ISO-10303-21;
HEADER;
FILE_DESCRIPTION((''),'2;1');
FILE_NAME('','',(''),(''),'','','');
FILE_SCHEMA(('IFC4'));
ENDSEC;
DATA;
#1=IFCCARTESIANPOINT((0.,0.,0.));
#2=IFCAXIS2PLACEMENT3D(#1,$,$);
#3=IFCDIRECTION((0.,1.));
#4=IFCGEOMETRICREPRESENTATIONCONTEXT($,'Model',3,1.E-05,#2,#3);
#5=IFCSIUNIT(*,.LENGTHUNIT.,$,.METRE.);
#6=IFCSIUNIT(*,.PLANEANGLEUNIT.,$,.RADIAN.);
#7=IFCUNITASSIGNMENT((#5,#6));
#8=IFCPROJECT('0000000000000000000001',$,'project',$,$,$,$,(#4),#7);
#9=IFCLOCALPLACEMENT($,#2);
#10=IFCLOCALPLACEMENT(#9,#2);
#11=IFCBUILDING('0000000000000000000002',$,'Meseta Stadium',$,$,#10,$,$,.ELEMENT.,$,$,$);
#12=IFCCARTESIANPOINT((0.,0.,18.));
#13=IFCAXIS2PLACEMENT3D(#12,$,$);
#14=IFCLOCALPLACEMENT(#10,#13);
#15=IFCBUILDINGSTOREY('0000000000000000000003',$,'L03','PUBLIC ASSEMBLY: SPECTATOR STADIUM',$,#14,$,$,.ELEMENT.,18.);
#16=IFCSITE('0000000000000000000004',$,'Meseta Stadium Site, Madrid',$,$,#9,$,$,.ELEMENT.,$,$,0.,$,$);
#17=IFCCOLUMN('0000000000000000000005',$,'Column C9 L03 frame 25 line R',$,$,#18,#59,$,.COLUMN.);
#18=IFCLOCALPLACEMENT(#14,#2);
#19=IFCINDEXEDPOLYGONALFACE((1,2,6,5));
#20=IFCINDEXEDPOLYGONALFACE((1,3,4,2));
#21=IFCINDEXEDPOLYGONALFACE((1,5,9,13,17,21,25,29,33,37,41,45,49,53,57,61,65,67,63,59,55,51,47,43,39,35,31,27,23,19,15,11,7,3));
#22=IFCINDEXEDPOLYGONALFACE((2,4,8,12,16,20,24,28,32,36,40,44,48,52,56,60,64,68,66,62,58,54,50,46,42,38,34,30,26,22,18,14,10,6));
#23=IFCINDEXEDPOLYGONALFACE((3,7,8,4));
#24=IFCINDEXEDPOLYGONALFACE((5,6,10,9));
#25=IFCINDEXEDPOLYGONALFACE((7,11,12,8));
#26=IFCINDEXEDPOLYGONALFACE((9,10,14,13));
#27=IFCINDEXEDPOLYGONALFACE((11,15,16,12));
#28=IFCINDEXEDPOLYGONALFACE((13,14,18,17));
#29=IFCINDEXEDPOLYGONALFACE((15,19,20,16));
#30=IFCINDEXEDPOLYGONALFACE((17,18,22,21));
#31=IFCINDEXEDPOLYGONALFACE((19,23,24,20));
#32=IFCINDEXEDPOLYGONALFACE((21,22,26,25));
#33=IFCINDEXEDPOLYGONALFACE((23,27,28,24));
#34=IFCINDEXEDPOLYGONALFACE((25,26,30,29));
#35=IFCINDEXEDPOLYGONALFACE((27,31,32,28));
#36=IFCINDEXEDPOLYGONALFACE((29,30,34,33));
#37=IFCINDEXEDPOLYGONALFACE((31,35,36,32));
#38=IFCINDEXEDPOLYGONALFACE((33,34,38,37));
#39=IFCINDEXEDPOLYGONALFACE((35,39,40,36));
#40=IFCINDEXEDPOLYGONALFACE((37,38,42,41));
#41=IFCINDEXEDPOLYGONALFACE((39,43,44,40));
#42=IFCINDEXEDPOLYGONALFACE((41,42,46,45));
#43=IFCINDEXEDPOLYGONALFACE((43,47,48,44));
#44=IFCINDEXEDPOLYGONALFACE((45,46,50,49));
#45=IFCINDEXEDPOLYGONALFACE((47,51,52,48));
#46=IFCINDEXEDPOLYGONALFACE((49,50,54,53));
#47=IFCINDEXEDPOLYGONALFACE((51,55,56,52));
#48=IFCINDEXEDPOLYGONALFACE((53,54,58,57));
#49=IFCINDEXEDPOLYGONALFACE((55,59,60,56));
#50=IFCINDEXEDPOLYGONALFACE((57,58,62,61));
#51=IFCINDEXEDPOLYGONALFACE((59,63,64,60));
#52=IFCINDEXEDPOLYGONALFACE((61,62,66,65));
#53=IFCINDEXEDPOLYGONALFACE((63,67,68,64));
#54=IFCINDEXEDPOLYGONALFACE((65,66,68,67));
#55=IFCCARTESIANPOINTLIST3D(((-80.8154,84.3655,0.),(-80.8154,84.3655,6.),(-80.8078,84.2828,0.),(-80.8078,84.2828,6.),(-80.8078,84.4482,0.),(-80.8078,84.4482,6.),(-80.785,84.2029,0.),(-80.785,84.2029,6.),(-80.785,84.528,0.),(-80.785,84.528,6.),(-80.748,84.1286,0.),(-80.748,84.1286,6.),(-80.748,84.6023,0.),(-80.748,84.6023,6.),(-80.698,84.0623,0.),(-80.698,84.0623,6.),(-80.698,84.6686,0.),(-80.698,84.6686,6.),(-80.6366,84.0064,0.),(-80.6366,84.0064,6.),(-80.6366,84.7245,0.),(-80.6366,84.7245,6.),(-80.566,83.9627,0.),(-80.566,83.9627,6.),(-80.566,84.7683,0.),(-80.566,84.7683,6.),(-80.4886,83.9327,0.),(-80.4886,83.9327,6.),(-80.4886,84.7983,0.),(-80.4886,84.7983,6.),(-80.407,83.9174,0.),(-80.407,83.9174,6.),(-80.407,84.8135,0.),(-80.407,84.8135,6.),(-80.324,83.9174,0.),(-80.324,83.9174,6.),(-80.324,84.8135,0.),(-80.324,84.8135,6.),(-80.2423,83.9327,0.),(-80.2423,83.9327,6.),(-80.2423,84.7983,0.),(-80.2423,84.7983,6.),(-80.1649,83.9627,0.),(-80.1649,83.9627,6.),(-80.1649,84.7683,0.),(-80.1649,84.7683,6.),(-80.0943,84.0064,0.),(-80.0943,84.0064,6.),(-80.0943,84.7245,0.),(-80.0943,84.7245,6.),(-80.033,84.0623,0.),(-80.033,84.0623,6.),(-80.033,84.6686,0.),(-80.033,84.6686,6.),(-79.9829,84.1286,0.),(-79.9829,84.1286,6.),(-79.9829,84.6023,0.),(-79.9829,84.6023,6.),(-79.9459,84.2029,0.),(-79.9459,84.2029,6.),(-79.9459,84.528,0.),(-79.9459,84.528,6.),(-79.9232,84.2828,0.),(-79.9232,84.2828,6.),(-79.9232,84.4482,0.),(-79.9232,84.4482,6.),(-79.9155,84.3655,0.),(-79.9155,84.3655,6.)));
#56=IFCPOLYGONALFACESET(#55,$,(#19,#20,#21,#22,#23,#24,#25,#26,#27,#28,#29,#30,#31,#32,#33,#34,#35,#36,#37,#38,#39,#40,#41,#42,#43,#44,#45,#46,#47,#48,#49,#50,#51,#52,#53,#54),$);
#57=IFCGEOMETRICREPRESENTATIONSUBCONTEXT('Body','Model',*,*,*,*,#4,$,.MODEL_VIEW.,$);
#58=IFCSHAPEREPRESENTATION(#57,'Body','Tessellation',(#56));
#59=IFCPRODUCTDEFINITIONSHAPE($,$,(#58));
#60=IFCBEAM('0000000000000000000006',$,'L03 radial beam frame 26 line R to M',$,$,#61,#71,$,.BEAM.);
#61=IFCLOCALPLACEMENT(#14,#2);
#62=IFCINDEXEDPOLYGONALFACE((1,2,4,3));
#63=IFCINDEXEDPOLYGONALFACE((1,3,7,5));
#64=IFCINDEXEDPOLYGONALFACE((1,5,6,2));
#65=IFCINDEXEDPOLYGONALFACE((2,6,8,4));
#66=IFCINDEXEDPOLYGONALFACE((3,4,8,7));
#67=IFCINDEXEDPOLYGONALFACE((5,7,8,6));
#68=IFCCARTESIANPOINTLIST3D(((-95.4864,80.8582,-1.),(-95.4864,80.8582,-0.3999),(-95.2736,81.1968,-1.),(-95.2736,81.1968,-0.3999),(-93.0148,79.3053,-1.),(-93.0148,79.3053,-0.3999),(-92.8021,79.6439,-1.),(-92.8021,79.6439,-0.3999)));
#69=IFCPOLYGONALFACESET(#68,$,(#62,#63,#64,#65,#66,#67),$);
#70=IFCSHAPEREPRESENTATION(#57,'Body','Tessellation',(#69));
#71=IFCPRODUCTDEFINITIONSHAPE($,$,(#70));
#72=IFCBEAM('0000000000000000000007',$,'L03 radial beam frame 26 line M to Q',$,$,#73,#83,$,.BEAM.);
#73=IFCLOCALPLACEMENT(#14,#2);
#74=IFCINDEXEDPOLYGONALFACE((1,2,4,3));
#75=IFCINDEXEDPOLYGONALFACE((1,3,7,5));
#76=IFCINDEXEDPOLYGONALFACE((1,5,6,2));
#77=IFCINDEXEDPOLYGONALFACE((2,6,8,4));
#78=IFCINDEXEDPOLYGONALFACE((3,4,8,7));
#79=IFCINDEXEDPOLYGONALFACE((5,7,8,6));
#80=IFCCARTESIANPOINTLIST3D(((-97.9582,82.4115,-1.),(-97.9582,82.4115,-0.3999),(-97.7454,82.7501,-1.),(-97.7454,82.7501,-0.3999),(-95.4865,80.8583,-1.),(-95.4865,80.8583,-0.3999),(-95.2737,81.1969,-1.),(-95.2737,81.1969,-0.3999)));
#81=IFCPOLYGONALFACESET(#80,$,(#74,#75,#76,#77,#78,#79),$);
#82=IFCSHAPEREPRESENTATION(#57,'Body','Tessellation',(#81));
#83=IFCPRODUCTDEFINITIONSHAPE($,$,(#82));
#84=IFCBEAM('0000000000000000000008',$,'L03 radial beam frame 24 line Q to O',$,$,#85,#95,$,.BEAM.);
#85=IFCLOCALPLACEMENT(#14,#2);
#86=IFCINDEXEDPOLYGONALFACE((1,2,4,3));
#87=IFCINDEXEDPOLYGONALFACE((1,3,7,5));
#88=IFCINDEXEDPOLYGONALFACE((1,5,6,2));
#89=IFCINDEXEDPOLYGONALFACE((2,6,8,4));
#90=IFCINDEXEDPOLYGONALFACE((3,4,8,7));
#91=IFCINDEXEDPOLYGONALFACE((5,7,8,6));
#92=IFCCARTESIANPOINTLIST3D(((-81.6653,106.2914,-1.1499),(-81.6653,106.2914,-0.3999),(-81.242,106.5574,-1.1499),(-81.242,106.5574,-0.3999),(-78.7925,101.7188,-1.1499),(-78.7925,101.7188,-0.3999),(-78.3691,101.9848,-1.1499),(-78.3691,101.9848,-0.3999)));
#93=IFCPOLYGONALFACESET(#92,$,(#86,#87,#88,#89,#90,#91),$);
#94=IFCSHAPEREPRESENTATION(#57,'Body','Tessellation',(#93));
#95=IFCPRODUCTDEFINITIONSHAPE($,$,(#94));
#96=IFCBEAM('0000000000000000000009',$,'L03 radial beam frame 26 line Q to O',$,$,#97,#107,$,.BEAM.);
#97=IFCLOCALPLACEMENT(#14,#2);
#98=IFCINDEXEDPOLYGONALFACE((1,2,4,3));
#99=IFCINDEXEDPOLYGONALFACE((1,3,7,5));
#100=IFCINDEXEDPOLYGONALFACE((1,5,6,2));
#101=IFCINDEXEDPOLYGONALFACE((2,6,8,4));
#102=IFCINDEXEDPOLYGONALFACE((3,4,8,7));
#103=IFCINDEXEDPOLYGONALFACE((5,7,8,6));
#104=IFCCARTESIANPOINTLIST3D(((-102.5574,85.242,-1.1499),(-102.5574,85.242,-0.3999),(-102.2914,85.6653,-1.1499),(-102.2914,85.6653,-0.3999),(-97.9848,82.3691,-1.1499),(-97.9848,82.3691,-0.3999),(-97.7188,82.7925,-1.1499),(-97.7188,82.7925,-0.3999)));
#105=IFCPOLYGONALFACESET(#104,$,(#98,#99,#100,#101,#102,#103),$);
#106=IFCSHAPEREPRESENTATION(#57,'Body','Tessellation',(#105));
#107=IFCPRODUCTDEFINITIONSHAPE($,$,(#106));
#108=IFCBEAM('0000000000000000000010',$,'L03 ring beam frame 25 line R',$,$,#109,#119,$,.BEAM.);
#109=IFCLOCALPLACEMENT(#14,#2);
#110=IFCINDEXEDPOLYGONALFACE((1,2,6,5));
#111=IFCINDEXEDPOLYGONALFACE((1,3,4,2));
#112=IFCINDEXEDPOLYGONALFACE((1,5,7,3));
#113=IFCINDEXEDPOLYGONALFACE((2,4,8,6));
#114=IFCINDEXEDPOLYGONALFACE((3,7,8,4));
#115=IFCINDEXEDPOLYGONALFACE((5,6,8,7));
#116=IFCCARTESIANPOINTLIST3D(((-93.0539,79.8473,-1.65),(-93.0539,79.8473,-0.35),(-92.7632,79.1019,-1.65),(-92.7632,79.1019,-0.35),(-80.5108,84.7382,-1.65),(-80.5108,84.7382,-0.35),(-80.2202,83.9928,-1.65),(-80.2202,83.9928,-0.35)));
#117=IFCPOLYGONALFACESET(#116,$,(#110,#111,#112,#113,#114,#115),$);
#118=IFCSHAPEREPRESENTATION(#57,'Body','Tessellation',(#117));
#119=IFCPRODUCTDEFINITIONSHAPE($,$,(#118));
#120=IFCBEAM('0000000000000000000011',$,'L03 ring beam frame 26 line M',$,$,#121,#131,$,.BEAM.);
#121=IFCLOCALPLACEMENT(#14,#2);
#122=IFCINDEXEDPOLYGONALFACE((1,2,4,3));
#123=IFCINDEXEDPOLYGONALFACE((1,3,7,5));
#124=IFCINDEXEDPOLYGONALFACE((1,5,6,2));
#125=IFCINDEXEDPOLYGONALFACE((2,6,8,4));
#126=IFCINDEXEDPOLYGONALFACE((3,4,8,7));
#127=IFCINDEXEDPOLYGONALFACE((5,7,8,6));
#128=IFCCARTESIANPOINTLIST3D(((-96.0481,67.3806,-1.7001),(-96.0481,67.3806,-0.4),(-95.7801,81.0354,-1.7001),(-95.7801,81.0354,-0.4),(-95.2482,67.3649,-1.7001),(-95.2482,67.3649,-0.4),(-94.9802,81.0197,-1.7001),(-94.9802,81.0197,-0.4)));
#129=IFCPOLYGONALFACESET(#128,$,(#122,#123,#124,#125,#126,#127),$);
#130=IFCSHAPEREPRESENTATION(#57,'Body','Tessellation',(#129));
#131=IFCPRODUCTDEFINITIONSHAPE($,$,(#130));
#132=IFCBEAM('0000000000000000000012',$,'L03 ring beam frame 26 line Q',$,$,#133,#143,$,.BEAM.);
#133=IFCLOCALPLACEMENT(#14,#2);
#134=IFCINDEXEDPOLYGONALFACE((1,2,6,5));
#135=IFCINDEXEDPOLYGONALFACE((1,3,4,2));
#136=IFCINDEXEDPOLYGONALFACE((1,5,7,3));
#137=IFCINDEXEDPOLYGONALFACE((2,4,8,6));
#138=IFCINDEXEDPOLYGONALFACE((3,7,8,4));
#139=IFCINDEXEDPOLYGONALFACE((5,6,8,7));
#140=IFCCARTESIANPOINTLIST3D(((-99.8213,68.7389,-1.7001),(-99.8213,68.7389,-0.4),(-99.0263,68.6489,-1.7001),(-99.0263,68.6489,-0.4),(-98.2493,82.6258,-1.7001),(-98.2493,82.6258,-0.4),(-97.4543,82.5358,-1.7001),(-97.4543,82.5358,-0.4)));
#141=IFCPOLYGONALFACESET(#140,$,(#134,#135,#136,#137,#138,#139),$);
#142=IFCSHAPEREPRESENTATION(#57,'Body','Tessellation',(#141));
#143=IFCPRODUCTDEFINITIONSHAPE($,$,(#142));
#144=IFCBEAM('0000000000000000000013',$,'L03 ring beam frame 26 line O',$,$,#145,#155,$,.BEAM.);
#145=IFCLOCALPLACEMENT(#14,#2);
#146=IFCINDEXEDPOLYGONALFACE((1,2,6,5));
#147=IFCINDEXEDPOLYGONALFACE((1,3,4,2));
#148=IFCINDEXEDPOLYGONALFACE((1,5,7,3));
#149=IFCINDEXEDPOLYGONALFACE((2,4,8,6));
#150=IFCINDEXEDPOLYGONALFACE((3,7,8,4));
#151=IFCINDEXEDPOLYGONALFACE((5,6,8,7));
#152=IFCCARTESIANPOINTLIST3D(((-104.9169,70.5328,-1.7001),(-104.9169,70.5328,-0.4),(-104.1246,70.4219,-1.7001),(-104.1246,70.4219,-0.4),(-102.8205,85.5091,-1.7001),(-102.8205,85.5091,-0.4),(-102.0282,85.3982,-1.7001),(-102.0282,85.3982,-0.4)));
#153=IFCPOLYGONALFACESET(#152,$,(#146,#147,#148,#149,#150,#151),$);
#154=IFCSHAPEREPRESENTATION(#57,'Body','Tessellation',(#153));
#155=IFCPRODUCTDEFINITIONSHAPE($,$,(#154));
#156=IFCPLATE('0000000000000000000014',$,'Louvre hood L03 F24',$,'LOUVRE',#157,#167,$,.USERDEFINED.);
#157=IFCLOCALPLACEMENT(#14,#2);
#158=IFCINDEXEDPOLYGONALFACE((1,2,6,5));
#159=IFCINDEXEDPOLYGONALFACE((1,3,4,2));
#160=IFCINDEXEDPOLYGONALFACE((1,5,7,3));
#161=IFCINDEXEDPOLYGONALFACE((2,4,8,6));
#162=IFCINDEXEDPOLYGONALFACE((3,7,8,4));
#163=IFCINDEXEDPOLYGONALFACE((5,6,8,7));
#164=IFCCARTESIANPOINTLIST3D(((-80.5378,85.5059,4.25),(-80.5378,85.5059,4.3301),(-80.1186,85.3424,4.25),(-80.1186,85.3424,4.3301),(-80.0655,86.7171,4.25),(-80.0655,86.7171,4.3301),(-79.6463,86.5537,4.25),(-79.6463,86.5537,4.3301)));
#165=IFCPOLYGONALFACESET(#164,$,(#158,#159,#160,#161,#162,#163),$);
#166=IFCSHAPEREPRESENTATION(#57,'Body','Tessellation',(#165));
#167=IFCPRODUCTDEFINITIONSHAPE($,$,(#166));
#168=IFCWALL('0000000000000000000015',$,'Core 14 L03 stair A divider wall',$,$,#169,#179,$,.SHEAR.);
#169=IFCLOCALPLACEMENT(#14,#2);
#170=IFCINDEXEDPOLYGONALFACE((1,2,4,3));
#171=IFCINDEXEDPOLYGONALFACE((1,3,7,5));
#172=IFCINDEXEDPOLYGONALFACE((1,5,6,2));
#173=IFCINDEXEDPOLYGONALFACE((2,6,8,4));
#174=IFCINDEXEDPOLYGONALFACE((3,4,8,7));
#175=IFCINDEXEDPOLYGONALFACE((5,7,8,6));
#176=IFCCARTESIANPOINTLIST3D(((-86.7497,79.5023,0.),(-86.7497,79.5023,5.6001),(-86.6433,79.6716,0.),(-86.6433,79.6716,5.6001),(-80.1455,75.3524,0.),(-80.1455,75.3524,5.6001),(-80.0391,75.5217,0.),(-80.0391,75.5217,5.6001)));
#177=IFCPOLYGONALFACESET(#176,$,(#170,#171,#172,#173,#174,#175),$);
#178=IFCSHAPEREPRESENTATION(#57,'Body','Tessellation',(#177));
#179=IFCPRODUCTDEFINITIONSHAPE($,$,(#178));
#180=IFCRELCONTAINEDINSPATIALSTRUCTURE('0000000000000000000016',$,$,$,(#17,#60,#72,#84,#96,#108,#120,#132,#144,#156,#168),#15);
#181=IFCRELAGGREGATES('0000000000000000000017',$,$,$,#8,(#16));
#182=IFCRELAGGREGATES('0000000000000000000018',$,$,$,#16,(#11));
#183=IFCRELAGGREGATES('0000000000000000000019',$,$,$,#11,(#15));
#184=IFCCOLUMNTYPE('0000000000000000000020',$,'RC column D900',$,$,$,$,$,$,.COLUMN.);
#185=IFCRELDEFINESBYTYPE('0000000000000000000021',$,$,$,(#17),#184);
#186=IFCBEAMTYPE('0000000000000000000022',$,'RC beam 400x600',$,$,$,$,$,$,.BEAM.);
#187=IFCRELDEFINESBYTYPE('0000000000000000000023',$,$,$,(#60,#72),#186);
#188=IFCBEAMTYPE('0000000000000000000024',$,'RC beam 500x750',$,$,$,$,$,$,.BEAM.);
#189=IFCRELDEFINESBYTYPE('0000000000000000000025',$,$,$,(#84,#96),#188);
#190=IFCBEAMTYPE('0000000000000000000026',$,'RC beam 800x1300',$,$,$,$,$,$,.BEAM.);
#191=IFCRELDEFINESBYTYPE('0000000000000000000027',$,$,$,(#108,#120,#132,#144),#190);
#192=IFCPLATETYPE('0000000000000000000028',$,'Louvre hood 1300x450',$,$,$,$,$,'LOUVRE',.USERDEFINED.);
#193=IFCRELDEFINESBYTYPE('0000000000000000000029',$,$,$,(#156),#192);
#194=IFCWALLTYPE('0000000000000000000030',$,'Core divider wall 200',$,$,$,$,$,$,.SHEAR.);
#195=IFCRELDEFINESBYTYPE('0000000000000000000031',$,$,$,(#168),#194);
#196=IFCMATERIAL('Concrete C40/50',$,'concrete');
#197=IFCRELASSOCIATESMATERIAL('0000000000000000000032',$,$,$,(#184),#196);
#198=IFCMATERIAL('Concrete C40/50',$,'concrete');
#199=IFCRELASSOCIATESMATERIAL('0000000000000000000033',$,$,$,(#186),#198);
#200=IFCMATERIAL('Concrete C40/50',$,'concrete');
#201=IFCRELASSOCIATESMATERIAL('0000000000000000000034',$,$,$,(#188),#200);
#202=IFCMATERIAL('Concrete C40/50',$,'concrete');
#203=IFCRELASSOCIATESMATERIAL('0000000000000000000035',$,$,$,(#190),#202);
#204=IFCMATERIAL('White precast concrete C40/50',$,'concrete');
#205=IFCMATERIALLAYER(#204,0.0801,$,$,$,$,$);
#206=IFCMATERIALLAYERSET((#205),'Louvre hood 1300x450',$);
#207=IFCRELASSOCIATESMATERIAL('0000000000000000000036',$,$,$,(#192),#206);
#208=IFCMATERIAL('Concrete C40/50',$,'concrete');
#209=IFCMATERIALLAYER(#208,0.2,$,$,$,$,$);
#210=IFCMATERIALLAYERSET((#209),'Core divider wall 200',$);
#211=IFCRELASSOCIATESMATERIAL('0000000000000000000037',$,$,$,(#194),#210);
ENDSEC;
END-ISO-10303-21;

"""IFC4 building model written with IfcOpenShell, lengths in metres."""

from ifc_helpers import new_model, si_unit, direction, frame, frame_2d, origin, origin_2d, place, context, subcontext, project, spatial, rectangle, circle, extrude, material, layer, layer_set, material_profile, profile_set, type_object, element, save


model = new_model("IFC4")

# Units and contexts
model_context = context("Model", 3, precision=1e-05, world=origin(), true_north=direction((0.0, 1.0)))
body_context = subcontext(model_context, "Body", "Model", "MODEL_VIEW")
ifc_project = project(units=[si_unit("LENGTHUNIT", "METRE"), si_unit("PLANEANGLEUNIT", "RADIAN")], contexts=[model_context])

# Site, building, storey
site_placement = place(None, origin())
site = spatial("IfcSite", under=ifc_project, at=site_placement, Name="Meseta Stadium Site, Madrid", CompositionType="ELEMENT", RefElevation=0.0)
building_placement = place(site_placement, origin())
building = spatial("IfcBuilding", under=site, at=building_placement, Name="Meseta Stadium", CompositionType="ELEMENT")
storey_placement = place(building_placement, frame((0.0, 0.0, 18.0)))
storey = spatial("IfcBuildingStorey", under=building, at=storey_placement, Name="L03", Description="PUBLIC ASSEMBLY: SPECTATOR STADIUM", CompositionType="ELEMENT", Elevation=18.0)

# Column
ifc_material_1 = material(Name="Concrete C40/50", Category="concrete")
ifc_material_profile_1 = material_profile(ifc_material_1, circle(Radius=0.45, at=origin_2d()), Name="RC D900")
ifc_profile_set_1 = profile_set([ifc_material_profile_1], Name="Concrete C40/50")
column_type = type_object("IfcColumnType", Name="RC column D900", PredefinedType="COLUMN", material=ifc_profile_set_1)
column_placement = place(storey_placement, frame((-80.3655, 84.3655, 0.0), z_axis=(0.0, 0.0, 1.0), x_axis=(1.0, 0.0, 0.0)))
element("IfcColumn", 1, at=column_placement, inside=storey, type_object=column_type, Name="Column C9 L03 frame 25 line R", PredefinedType="COLUMN", context=body_context, shape_type="SweptSolid", body=[
    extrude(circle(Radius=0.45, at=origin_2d()), origin(), (0.0, 0.0, 1.0), 6.0),
])

# Beams
ifc_material_2 = material(Name="Concrete C40/50", Category="concrete")
ifc_material_profile_2 = material_profile(ifc_material_2, rectangle(XDim=0.3999, YDim=0.6001, at=origin_2d()), Name="RC 400x600")
ifc_profile_set_2 = profile_set([ifc_material_profile_2], Name="Concrete C40/50")
beam_type_1 = type_object("IfcBeamType", Name="RC beam 400x600", PredefinedType="BEAM", material=ifc_profile_set_2)
beam_1_placement = place(storey_placement, frame((-92.9084, 79.4746, -0.7), z_axis=(-0.846737, 0.532012, 0.0), x_axis=(-0.532012, -0.846737, 0.0)))
element("IfcBeam", 2, at=beam_1_placement, inside=storey, type_object=beam_type_1, Name="L03 radial beam frame 26 line R to M", PredefinedType="BEAM", context=body_context, shape_type="SweptSolid", body=[
    extrude(rectangle(XDim=0.3999, YDim=0.6001, at=origin_2d()), origin(), (0.0, 0.0, 1.0), 2.9189),
])
beam_2_placement = place(storey_placement, frame((-95.3801, 81.0276, -0.7), z_axis=(-0.846699, 0.532072, 0.0), x_axis=(-0.532072, -0.846699, 0.0)))
element("IfcBeam", 3, at=beam_2_placement, inside=storey, type_object=beam_type_1, Name="L03 radial beam frame 26 line M to Q", PredefinedType="BEAM", context=body_context, shape_type="SweptSolid", body=[
    extrude(rectangle(XDim=0.3999, YDim=0.6001, at=origin_2d()), origin(), (0.0, 0.0, 1.0), 2.9192),
])
ifc_material_3 = material(Name="Concrete C40/50", Category="concrete")
ifc_material_profile_3 = material_profile(ifc_material_3, rectangle(XDim=0.5, YDim=0.75, at=origin_2d()), Name="RC 500x750")
ifc_profile_set_3 = profile_set([ifc_material_profile_3], Name="Concrete C40/50")
beam_type_2 = type_object("IfcBeamType", Name="RC beam 500x750", PredefinedType="BEAM", material=ifc_profile_set_3)
for number, where, z_axis, x_axis, name in (
    (4, (-78.5808, 101.8518, -0.7749), (-0.531993, 0.846749, 0.0), (-0.846749, -0.531993, 0.0), "L03 radial beam frame 24 line Q to O"),
    (5, (-97.8518, 82.5808, -0.7749), (-0.846749, 0.531993, 0.0), (-0.531993, -0.846749, 0.0), "L03 radial beam frame 26 line Q to O"),
):
    element("IfcBeam", number, at=place(storey_placement, frame(where, z_axis=z_axis, x_axis=x_axis)), inside=storey, type_object=beam_type_2, Name=name, PredefinedType="BEAM", context=body_context, shape_type="SweptSolid", body=[
        extrude(rectangle(XDim=0.5, YDim=0.75, at=origin_2d()), origin(), (0.0, 0.0, 1.0), 5.4001),
    ])
ifc_material_4 = material(Name="Concrete C40/50", Category="concrete")
ifc_material_profile_4 = material_profile(ifc_material_4, rectangle(XDim=0.8, YDim=1.3, at=origin_2d()), Name="RC 800x1300")
ifc_profile_set_4 = profile_set([ifc_material_profile_4], Name="Concrete C40/50")
beam_type_3 = type_object("IfcBeamType", Name="RC beam 800x1300", PredefinedType="BEAM", material=ifc_profile_set_4)
beam_3_placement = place(storey_placement, frame((-80.3655, 84.3655, -1.0), z_axis=(-0.931677, -0.363288, 0.0), x_axis=(0.363288, -0.931677, 0.0)))
element("IfcBeam", 6, at=beam_3_placement, inside=storey, type_object=beam_type_3, Name="L03 ring beam frame 25 line R", PredefinedType="BEAM", context=body_context, shape_type="SweptSolid", body=[
    extrude(rectangle(XDim=0.8, YDim=1.3, at=origin_2d()), origin(), (0.0, 0.0, 1.0), 13.4629),
])
beam_4_placement = place(storey_placement, frame((-95.3801, 81.0276, -1.05), z_axis=(-0.019628, -0.999807, 0.0), x_axis=(0.999807, -0.019628, 0.0)))
element("IfcBeam", 7, at=beam_4_placement, inside=storey, type_object=beam_type_3, Name="L03 ring beam frame 26 line M", PredefinedType="BEAM", context=body_context, shape_type="SweptSolid", body=[
    extrude(rectangle(XDim=0.8, YDim=1.3, at=origin_2d()), origin(), (0.0, 0.0, 1.0), 13.6575),
])
beam_5_placement = place(storey_placement, frame((-97.8518, 82.5808, -1.05), z_axis=(-0.112483, -0.993654, 0.0), x_axis=(0.993654, -0.112483, 0.0)))
element("IfcBeam", 8, at=beam_5_placement, inside=storey, type_object=beam_type_3, Name="L03 ring beam frame 26 line Q", PredefinedType="BEAM", context=body_context, shape_type="SweptSolid", body=[
    extrude(rectangle(XDim=0.8, YDim=1.3, at=origin_2d()), origin(), (0.0, 0.0, 1.0), 13.9756),
])
beam_6_placement = place(storey_placement, frame((-102.4243, 85.4536, -1.05), z_axis=(-0.138632, -0.990344, 0.0), x_axis=(0.990344, -0.138632, 0.0)))
element("IfcBeam", 9, at=beam_6_placement, inside=storey, type_object=beam_type_3, Name="L03 ring beam frame 26 line O", PredefinedType="BEAM", context=body_context, shape_type="SweptSolid", body=[
    extrude(rectangle(XDim=0.8, YDim=1.3, at=origin_2d()), origin(), (0.0, 0.0, 1.0), 15.1223),
])

# Plate
ifc_material_5 = material(Name="White precast concrete C40/50", Category="concrete")
ifc_layer_1 = layer(ifc_material_5, 0.0801)
ifc_layer_set_1 = layer_set([ifc_layer_1], Name="Louvre hood 1300x450")
plate_type = type_object("IfcPlateType", Name="Louvre hood 1300x450", ElementType="LOUVRE", PredefinedType="USERDEFINED", material=ifc_layer_set_1)
plate_placement = place(storey_placement, frame((-80.092, 86.0298, 4.25), z_axis=(0.0, 0.0, 1.0), x_axis=(-0.36328, -0.93168, 0.0)))
element("IfcPlate", 10, at=plate_placement, inside=storey, type_object=plate_type, Name="Louvre hood L03 F24", ObjectType="LOUVRE", PredefinedType="USERDEFINED", context=body_context, shape_type="SweptSolid", body=[
    extrude(rectangle(XDim=1.3, YDim=0.45, at=origin_2d()), origin(), (0.0, 0.0, 1.0), 0.0801),
])

# Wall
ifc_material_6 = material(Name="Concrete C40/50", Category="concrete")
ifc_layer_2 = layer(ifc_material_6, 0.2)
ifc_layer_set_2 = layer_set([ifc_layer_2], Name="Core divider wall 200")
wall_type_1 = type_object("IfcWallType", Name="Core divider wall 200", PredefinedType="SHEAR", material=ifc_layer_set_2)
wall_1_placement = place(storey_placement, frame((-86.6965, 79.5869, 0.0), z_axis=(0.0, 0.0, 1.0), x_axis=(0.846714, -0.532048, 0.0)))
element("IfcWall", 11, at=wall_1_placement, inside=storey, type_object=wall_type_1, Name="Core 14 L03 stair A divider wall", PredefinedType="SHEAR", context=body_context, shape_type="SweptSolid", body=[
    extrude(rectangle(XDim=7.7998, YDim=0.2, at=frame_2d((3.8999, 0.0))), origin(), (0.0, 0.0, 1.0), 5.6001),
])

save(model, "model.ifc")
